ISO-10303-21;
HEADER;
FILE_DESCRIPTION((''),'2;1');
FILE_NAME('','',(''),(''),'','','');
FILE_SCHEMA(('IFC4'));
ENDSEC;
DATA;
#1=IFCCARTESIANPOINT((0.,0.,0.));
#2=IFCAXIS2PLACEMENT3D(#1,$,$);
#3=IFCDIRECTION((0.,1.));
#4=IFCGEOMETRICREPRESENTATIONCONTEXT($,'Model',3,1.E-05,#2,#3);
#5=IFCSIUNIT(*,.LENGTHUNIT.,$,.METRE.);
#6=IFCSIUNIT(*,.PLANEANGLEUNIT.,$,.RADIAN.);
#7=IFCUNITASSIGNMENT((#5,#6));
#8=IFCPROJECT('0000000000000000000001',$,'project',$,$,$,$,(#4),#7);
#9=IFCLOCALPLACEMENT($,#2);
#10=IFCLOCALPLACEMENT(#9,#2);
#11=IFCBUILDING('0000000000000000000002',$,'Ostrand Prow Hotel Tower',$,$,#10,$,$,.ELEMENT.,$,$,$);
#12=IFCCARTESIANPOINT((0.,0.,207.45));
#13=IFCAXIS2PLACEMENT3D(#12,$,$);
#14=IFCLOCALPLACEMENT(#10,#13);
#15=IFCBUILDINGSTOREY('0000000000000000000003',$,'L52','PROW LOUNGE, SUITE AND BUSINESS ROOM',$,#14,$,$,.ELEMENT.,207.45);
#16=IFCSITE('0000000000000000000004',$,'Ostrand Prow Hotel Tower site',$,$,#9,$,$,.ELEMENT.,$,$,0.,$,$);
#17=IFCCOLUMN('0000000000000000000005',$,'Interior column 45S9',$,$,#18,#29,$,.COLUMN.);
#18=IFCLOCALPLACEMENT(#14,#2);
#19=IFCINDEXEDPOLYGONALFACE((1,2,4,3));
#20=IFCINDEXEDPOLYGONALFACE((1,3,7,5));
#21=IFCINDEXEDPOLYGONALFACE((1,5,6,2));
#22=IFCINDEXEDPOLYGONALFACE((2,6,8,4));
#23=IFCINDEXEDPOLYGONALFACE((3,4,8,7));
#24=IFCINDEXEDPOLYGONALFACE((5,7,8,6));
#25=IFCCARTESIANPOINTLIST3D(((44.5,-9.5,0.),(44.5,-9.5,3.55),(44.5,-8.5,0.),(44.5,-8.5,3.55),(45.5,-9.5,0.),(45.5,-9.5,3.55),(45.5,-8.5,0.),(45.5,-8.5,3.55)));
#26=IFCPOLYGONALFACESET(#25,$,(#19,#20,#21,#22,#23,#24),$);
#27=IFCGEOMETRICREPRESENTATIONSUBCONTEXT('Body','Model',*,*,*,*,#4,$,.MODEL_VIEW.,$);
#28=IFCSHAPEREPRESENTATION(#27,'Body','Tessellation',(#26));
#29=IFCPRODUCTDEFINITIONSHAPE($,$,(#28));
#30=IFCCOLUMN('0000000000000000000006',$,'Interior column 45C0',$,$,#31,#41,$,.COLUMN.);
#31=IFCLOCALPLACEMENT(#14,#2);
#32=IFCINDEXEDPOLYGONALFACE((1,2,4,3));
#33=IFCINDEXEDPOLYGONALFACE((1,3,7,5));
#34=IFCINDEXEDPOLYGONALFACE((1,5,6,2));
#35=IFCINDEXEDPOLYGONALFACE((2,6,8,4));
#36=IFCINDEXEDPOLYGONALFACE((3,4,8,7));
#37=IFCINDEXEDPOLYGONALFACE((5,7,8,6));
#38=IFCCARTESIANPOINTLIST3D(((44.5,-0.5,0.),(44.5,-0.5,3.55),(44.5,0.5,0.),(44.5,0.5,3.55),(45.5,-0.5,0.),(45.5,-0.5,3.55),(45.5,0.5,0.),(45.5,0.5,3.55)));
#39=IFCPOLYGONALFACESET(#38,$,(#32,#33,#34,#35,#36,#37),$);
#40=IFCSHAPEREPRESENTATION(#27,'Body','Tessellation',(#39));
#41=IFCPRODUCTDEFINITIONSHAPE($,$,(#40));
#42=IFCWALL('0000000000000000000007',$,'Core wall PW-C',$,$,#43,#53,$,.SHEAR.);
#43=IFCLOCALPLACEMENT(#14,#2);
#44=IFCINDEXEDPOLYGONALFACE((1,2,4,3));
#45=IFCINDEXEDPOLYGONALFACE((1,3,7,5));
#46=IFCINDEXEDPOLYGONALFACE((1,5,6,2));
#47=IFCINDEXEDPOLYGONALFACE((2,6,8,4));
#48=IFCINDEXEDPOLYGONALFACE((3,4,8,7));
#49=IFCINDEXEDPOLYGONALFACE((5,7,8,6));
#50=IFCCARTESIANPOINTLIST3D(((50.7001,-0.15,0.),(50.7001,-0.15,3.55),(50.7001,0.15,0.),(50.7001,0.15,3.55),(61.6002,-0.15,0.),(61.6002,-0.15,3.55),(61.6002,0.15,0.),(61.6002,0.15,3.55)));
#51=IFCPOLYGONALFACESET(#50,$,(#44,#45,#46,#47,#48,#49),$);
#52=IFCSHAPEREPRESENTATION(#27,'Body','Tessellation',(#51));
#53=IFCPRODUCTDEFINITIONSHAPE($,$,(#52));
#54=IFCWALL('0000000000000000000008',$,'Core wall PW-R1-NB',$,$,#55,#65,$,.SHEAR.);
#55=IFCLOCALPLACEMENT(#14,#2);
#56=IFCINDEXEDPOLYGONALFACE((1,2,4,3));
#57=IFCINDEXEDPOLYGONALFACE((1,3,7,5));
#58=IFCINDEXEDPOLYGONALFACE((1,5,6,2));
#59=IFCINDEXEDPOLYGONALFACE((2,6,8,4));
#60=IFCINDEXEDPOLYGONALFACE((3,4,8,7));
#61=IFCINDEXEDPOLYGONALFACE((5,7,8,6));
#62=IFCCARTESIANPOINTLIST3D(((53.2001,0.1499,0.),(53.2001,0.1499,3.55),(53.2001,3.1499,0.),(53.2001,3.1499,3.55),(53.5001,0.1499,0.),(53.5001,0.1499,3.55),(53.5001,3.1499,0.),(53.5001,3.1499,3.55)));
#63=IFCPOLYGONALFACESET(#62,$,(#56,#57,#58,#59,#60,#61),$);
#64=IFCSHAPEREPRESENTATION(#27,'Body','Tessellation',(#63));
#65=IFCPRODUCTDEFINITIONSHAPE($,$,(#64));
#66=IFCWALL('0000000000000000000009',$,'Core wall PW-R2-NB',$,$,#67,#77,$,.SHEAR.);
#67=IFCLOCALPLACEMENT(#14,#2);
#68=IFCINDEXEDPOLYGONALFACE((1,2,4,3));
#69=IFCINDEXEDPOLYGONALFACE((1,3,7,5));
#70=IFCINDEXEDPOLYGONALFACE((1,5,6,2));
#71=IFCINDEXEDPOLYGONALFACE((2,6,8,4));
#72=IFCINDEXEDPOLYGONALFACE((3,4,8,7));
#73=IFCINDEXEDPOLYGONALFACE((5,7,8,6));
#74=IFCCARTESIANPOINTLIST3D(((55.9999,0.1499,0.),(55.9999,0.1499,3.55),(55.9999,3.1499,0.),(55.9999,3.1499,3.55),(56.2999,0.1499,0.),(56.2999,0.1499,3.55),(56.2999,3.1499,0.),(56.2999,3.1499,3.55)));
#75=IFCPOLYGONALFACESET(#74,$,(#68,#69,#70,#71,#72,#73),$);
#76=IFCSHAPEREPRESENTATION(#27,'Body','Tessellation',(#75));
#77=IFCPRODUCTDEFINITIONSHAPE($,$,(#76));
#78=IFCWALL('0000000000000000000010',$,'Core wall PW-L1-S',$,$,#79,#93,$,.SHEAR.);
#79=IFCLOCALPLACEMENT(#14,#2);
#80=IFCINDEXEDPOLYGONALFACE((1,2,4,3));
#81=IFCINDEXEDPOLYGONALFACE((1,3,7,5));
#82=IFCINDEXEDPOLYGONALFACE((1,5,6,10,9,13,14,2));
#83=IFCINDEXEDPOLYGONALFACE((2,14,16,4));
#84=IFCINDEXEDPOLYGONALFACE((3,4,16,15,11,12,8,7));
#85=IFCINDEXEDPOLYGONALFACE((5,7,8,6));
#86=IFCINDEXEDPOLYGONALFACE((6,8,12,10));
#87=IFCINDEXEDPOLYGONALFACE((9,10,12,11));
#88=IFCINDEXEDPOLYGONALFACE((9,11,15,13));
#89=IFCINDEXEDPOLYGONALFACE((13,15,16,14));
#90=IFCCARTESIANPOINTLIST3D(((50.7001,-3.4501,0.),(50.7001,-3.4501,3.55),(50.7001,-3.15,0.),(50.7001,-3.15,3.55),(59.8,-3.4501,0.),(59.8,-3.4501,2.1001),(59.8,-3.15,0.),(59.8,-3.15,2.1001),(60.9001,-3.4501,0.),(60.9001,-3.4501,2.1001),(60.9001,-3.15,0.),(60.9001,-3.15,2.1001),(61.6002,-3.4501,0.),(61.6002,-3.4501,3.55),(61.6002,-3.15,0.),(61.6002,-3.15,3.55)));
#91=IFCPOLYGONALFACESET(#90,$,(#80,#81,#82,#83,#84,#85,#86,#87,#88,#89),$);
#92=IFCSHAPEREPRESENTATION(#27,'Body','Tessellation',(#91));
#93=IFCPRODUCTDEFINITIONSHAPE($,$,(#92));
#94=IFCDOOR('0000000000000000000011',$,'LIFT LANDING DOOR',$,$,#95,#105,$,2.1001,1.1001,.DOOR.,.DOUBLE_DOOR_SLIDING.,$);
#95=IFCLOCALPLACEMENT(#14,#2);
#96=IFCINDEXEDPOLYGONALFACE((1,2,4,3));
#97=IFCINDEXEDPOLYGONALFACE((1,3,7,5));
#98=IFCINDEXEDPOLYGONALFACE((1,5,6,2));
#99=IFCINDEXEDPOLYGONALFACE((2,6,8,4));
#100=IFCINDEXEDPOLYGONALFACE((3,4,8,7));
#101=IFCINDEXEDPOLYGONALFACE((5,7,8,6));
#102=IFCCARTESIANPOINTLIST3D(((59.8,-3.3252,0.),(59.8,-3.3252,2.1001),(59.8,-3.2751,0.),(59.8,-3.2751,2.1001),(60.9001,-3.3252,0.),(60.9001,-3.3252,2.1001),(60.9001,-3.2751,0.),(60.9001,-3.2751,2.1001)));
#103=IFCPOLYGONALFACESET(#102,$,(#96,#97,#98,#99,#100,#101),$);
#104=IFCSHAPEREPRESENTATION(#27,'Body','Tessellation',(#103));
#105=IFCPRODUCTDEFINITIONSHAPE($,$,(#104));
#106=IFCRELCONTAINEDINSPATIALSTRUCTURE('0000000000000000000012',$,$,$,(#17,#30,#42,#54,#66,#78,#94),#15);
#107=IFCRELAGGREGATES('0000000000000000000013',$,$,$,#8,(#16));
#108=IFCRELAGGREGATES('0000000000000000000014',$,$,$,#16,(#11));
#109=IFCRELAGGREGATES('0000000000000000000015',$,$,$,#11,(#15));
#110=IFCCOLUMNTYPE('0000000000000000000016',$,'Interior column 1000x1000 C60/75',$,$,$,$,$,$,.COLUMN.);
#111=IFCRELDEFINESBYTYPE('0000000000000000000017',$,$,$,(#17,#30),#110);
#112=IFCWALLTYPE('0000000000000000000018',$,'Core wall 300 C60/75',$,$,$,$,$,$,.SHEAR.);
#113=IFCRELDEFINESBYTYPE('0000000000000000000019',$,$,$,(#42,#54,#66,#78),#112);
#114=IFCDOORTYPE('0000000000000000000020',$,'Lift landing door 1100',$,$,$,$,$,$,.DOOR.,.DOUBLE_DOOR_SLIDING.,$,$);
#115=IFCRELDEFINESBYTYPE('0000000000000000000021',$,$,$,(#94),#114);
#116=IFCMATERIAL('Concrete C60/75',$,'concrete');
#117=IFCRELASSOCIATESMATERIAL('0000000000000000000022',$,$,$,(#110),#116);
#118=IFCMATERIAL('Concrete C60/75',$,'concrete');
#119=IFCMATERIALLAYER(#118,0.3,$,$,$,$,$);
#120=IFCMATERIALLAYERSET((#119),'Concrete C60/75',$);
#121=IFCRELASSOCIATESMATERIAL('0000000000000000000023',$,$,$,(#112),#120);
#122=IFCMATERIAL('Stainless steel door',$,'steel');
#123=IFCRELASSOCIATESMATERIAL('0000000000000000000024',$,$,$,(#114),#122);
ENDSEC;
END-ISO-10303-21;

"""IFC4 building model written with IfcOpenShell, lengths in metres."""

from ifc_helpers import new_model, si_unit, direction, frame, frame_2d, origin, origin_2d, place, context, subcontext, project, spatial, rectangle, extrude, material, layer, layer_set, material_profile, profile_set, type_object, element, fill, save


model = new_model("IFC4")

# Units and contexts
model_context = context("Model", 3, precision=1e-05, world=origin(), true_north=direction((0.0, 1.0)))
body_context = subcontext(model_context, "Body", "Model", "MODEL_VIEW")
ifc_project = project(units=[si_unit("LENGTHUNIT", "METRE"), si_unit("PLANEANGLEUNIT", "RADIAN")], contexts=[model_context])

# Site, building, storey
site_placement = place(None, origin())
site = spatial("IfcSite", under=ifc_project, at=site_placement, Name="Ostrand Prow Hotel Tower site", CompositionType="ELEMENT", RefElevation=0.0)
building_placement = place(site_placement, origin())
building = spatial("IfcBuilding", under=site, at=building_placement, Name="Ostrand Prow Hotel Tower", CompositionType="ELEMENT")
storey_placement = place(building_placement, frame((0.0, 0.0, 207.45)))
storey = spatial("IfcBuildingStorey", under=building, at=storey_placement, Name="L52", Description="PROW LOUNGE, SUITE AND BUSINESS ROOM", CompositionType="ELEMENT", Elevation=207.45)

# Columns
ifc_material_1 = material(Name="Concrete C60/75", Category="concrete")
ifc_material_profile = material_profile(ifc_material_1, rectangle(XDim=1.0, YDim=1.0, at=origin_2d()), Name="RC 1000x1000")
ifc_profile_set = profile_set([ifc_material_profile], Name="Concrete C60/75")
column_type = type_object("IfcColumnType", Name="Interior column 1000x1000 C60/75", PredefinedType="COLUMN", material=ifc_profile_set)
for number, where, z_axis, x_axis, name in (
    (1, (45.0, -9.0, 0.0), (0.0, 0.0, 1.0), (1.0, 0.0, 0.0), "Interior column 45S9"),
    (2, (45.0, 0.0, 0.0), (0.0, 0.0, 1.0), (1.0, 0.0, 0.0), "Interior column 45C0"),
):
    element("IfcColumn", number, at=place(storey_placement, frame(where, z_axis=z_axis, x_axis=x_axis)), inside=storey, type_object=column_type, Name=name, PredefinedType="COLUMN", context=body_context, shape_type="SweptSolid", body=[
        extrude(rectangle(XDim=1.0, YDim=1.0, at=origin_2d()), origin(), (0.0, 0.0, 1.0), 3.55),
    ])

# Walls
ifc_material_2 = material(Name="Concrete C60/75", Category="concrete")
ifc_layer_1 = layer(ifc_material_2, 0.3)
ifc_layer_set_1 = layer_set([ifc_layer_1], Name="Concrete C60/75")
wall_type_1 = type_object("IfcWallType", Name="Core wall 300 C60/75", PredefinedType="SHEAR", material=ifc_layer_set_1)
wall_1_placement = place(storey_placement, frame((50.7, 0.0, 0.0), z_axis=(0.0, 0.0, 1.0), x_axis=(1.0, 0.0, 0.0)))
element("IfcWall", 3, at=wall_1_placement, inside=storey, type_object=wall_type_1, Name="Core wall PW-C", PredefinedType="SHEAR", context=body_context, shape_type="SweptSolid", body=[
    extrude(rectangle(XDim=10.9001, YDim=0.3, at=frame_2d((5.4502, 0.0))), origin(), (0.0, 0.0, 1.0), 3.55),
])
for number, where, z_axis, x_axis, name in (
    (4, (53.3501, 0.1499, 0.0), (0.0, 0.0, 1.0), (0.0, 1.0, 0.0), "Core wall PW-R1-NB"),
    (5, (56.1499, 0.1499, 0.0), (0.0, 0.0, 1.0), (0.0, 1.0, 0.0), "Core wall PW-R2-NB"),
):
    element("IfcWall", number, at=place(storey_placement, frame(where, z_axis=z_axis, x_axis=x_axis)), inside=storey, type_object=wall_type_1, Name=name, PredefinedType="SHEAR", context=body_context, shape_type="SweptSolid", body=[
        extrude(rectangle(XDim=3.0, YDim=0.3, at=frame_2d((1.5, 0.0))), origin(), (0.0, 0.0, 1.0), 3.55),
    ])

# Wall, opening, door
wall_2_placement = place(storey_placement, frame((50.7, -3.3, 0.0), z_axis=(0.0, 0.0, 1.0), x_axis=(1.0, 0.0, 0.0)))
wall_2 = element("IfcWall", 6, at=wall_2_placement, inside=storey, type_object=wall_type_1, Name="Core wall PW-L1-S", PredefinedType="SHEAR", context=body_context, shape_type="SweptSolid", body=[
    extrude(rectangle(XDim=10.9001, YDim=0.3, at=frame_2d((5.4502, 0.0))), origin(), (0.0, 0.0, 1.0), 3.55),
])
opening_1_placement = place(wall_2_placement, frame((9.1001, 0.0, 0.0)))
opening_1 = element("IfcOpeningElement", 7, at=opening_1_placement, cuts=wall_2, PredefinedType="OPENING", context=body_context, shape_type="SweptSolid", body=[
    extrude(rectangle(XDim=1.1001, YDim=2.1001, at=frame_2d((0.55, 1.05))), frame((0.0, 0.1599, 0.0), z_axis=(0.0, -1.0, 0.0), x_axis=(1.0, 0.0, 0.0)), (0.0, 0.0, 1.0), 0.3201),
])
ifc_material_3 = material(Name="Stainless steel door", Category="steel")
door_type_1 = type_object("IfcDoorType", Name="Lift landing door 1100", OperationType="DOUBLE_DOOR_SLIDING", PredefinedType="DOOR", material=ifc_material_3)
door_1_placement = place(opening_1_placement, origin())
door_1 = element("IfcDoor", 8, at=door_1_placement, inside=storey, type_object=door_type_1, Name="LIFT LANDING DOOR", OperationType="DOUBLE_DOOR_SLIDING", OverallHeight=2.1001, OverallWidth=1.1001, PredefinedType="DOOR", context=body_context, shape_type="SweptSolid", body=[
    extrude(rectangle(XDim=1.1001, YDim=2.1001, at=frame_2d((0.55, 1.05))), frame((0.0, 0.0249, 0.0), z_axis=(0.0, -1.0, 0.0), x_axis=(1.0, 0.0, 0.0)), (0.0, 0.0, 1.0), 0.05),
])
fill(opening_1, door_1)

save(model, "model.ifc")
